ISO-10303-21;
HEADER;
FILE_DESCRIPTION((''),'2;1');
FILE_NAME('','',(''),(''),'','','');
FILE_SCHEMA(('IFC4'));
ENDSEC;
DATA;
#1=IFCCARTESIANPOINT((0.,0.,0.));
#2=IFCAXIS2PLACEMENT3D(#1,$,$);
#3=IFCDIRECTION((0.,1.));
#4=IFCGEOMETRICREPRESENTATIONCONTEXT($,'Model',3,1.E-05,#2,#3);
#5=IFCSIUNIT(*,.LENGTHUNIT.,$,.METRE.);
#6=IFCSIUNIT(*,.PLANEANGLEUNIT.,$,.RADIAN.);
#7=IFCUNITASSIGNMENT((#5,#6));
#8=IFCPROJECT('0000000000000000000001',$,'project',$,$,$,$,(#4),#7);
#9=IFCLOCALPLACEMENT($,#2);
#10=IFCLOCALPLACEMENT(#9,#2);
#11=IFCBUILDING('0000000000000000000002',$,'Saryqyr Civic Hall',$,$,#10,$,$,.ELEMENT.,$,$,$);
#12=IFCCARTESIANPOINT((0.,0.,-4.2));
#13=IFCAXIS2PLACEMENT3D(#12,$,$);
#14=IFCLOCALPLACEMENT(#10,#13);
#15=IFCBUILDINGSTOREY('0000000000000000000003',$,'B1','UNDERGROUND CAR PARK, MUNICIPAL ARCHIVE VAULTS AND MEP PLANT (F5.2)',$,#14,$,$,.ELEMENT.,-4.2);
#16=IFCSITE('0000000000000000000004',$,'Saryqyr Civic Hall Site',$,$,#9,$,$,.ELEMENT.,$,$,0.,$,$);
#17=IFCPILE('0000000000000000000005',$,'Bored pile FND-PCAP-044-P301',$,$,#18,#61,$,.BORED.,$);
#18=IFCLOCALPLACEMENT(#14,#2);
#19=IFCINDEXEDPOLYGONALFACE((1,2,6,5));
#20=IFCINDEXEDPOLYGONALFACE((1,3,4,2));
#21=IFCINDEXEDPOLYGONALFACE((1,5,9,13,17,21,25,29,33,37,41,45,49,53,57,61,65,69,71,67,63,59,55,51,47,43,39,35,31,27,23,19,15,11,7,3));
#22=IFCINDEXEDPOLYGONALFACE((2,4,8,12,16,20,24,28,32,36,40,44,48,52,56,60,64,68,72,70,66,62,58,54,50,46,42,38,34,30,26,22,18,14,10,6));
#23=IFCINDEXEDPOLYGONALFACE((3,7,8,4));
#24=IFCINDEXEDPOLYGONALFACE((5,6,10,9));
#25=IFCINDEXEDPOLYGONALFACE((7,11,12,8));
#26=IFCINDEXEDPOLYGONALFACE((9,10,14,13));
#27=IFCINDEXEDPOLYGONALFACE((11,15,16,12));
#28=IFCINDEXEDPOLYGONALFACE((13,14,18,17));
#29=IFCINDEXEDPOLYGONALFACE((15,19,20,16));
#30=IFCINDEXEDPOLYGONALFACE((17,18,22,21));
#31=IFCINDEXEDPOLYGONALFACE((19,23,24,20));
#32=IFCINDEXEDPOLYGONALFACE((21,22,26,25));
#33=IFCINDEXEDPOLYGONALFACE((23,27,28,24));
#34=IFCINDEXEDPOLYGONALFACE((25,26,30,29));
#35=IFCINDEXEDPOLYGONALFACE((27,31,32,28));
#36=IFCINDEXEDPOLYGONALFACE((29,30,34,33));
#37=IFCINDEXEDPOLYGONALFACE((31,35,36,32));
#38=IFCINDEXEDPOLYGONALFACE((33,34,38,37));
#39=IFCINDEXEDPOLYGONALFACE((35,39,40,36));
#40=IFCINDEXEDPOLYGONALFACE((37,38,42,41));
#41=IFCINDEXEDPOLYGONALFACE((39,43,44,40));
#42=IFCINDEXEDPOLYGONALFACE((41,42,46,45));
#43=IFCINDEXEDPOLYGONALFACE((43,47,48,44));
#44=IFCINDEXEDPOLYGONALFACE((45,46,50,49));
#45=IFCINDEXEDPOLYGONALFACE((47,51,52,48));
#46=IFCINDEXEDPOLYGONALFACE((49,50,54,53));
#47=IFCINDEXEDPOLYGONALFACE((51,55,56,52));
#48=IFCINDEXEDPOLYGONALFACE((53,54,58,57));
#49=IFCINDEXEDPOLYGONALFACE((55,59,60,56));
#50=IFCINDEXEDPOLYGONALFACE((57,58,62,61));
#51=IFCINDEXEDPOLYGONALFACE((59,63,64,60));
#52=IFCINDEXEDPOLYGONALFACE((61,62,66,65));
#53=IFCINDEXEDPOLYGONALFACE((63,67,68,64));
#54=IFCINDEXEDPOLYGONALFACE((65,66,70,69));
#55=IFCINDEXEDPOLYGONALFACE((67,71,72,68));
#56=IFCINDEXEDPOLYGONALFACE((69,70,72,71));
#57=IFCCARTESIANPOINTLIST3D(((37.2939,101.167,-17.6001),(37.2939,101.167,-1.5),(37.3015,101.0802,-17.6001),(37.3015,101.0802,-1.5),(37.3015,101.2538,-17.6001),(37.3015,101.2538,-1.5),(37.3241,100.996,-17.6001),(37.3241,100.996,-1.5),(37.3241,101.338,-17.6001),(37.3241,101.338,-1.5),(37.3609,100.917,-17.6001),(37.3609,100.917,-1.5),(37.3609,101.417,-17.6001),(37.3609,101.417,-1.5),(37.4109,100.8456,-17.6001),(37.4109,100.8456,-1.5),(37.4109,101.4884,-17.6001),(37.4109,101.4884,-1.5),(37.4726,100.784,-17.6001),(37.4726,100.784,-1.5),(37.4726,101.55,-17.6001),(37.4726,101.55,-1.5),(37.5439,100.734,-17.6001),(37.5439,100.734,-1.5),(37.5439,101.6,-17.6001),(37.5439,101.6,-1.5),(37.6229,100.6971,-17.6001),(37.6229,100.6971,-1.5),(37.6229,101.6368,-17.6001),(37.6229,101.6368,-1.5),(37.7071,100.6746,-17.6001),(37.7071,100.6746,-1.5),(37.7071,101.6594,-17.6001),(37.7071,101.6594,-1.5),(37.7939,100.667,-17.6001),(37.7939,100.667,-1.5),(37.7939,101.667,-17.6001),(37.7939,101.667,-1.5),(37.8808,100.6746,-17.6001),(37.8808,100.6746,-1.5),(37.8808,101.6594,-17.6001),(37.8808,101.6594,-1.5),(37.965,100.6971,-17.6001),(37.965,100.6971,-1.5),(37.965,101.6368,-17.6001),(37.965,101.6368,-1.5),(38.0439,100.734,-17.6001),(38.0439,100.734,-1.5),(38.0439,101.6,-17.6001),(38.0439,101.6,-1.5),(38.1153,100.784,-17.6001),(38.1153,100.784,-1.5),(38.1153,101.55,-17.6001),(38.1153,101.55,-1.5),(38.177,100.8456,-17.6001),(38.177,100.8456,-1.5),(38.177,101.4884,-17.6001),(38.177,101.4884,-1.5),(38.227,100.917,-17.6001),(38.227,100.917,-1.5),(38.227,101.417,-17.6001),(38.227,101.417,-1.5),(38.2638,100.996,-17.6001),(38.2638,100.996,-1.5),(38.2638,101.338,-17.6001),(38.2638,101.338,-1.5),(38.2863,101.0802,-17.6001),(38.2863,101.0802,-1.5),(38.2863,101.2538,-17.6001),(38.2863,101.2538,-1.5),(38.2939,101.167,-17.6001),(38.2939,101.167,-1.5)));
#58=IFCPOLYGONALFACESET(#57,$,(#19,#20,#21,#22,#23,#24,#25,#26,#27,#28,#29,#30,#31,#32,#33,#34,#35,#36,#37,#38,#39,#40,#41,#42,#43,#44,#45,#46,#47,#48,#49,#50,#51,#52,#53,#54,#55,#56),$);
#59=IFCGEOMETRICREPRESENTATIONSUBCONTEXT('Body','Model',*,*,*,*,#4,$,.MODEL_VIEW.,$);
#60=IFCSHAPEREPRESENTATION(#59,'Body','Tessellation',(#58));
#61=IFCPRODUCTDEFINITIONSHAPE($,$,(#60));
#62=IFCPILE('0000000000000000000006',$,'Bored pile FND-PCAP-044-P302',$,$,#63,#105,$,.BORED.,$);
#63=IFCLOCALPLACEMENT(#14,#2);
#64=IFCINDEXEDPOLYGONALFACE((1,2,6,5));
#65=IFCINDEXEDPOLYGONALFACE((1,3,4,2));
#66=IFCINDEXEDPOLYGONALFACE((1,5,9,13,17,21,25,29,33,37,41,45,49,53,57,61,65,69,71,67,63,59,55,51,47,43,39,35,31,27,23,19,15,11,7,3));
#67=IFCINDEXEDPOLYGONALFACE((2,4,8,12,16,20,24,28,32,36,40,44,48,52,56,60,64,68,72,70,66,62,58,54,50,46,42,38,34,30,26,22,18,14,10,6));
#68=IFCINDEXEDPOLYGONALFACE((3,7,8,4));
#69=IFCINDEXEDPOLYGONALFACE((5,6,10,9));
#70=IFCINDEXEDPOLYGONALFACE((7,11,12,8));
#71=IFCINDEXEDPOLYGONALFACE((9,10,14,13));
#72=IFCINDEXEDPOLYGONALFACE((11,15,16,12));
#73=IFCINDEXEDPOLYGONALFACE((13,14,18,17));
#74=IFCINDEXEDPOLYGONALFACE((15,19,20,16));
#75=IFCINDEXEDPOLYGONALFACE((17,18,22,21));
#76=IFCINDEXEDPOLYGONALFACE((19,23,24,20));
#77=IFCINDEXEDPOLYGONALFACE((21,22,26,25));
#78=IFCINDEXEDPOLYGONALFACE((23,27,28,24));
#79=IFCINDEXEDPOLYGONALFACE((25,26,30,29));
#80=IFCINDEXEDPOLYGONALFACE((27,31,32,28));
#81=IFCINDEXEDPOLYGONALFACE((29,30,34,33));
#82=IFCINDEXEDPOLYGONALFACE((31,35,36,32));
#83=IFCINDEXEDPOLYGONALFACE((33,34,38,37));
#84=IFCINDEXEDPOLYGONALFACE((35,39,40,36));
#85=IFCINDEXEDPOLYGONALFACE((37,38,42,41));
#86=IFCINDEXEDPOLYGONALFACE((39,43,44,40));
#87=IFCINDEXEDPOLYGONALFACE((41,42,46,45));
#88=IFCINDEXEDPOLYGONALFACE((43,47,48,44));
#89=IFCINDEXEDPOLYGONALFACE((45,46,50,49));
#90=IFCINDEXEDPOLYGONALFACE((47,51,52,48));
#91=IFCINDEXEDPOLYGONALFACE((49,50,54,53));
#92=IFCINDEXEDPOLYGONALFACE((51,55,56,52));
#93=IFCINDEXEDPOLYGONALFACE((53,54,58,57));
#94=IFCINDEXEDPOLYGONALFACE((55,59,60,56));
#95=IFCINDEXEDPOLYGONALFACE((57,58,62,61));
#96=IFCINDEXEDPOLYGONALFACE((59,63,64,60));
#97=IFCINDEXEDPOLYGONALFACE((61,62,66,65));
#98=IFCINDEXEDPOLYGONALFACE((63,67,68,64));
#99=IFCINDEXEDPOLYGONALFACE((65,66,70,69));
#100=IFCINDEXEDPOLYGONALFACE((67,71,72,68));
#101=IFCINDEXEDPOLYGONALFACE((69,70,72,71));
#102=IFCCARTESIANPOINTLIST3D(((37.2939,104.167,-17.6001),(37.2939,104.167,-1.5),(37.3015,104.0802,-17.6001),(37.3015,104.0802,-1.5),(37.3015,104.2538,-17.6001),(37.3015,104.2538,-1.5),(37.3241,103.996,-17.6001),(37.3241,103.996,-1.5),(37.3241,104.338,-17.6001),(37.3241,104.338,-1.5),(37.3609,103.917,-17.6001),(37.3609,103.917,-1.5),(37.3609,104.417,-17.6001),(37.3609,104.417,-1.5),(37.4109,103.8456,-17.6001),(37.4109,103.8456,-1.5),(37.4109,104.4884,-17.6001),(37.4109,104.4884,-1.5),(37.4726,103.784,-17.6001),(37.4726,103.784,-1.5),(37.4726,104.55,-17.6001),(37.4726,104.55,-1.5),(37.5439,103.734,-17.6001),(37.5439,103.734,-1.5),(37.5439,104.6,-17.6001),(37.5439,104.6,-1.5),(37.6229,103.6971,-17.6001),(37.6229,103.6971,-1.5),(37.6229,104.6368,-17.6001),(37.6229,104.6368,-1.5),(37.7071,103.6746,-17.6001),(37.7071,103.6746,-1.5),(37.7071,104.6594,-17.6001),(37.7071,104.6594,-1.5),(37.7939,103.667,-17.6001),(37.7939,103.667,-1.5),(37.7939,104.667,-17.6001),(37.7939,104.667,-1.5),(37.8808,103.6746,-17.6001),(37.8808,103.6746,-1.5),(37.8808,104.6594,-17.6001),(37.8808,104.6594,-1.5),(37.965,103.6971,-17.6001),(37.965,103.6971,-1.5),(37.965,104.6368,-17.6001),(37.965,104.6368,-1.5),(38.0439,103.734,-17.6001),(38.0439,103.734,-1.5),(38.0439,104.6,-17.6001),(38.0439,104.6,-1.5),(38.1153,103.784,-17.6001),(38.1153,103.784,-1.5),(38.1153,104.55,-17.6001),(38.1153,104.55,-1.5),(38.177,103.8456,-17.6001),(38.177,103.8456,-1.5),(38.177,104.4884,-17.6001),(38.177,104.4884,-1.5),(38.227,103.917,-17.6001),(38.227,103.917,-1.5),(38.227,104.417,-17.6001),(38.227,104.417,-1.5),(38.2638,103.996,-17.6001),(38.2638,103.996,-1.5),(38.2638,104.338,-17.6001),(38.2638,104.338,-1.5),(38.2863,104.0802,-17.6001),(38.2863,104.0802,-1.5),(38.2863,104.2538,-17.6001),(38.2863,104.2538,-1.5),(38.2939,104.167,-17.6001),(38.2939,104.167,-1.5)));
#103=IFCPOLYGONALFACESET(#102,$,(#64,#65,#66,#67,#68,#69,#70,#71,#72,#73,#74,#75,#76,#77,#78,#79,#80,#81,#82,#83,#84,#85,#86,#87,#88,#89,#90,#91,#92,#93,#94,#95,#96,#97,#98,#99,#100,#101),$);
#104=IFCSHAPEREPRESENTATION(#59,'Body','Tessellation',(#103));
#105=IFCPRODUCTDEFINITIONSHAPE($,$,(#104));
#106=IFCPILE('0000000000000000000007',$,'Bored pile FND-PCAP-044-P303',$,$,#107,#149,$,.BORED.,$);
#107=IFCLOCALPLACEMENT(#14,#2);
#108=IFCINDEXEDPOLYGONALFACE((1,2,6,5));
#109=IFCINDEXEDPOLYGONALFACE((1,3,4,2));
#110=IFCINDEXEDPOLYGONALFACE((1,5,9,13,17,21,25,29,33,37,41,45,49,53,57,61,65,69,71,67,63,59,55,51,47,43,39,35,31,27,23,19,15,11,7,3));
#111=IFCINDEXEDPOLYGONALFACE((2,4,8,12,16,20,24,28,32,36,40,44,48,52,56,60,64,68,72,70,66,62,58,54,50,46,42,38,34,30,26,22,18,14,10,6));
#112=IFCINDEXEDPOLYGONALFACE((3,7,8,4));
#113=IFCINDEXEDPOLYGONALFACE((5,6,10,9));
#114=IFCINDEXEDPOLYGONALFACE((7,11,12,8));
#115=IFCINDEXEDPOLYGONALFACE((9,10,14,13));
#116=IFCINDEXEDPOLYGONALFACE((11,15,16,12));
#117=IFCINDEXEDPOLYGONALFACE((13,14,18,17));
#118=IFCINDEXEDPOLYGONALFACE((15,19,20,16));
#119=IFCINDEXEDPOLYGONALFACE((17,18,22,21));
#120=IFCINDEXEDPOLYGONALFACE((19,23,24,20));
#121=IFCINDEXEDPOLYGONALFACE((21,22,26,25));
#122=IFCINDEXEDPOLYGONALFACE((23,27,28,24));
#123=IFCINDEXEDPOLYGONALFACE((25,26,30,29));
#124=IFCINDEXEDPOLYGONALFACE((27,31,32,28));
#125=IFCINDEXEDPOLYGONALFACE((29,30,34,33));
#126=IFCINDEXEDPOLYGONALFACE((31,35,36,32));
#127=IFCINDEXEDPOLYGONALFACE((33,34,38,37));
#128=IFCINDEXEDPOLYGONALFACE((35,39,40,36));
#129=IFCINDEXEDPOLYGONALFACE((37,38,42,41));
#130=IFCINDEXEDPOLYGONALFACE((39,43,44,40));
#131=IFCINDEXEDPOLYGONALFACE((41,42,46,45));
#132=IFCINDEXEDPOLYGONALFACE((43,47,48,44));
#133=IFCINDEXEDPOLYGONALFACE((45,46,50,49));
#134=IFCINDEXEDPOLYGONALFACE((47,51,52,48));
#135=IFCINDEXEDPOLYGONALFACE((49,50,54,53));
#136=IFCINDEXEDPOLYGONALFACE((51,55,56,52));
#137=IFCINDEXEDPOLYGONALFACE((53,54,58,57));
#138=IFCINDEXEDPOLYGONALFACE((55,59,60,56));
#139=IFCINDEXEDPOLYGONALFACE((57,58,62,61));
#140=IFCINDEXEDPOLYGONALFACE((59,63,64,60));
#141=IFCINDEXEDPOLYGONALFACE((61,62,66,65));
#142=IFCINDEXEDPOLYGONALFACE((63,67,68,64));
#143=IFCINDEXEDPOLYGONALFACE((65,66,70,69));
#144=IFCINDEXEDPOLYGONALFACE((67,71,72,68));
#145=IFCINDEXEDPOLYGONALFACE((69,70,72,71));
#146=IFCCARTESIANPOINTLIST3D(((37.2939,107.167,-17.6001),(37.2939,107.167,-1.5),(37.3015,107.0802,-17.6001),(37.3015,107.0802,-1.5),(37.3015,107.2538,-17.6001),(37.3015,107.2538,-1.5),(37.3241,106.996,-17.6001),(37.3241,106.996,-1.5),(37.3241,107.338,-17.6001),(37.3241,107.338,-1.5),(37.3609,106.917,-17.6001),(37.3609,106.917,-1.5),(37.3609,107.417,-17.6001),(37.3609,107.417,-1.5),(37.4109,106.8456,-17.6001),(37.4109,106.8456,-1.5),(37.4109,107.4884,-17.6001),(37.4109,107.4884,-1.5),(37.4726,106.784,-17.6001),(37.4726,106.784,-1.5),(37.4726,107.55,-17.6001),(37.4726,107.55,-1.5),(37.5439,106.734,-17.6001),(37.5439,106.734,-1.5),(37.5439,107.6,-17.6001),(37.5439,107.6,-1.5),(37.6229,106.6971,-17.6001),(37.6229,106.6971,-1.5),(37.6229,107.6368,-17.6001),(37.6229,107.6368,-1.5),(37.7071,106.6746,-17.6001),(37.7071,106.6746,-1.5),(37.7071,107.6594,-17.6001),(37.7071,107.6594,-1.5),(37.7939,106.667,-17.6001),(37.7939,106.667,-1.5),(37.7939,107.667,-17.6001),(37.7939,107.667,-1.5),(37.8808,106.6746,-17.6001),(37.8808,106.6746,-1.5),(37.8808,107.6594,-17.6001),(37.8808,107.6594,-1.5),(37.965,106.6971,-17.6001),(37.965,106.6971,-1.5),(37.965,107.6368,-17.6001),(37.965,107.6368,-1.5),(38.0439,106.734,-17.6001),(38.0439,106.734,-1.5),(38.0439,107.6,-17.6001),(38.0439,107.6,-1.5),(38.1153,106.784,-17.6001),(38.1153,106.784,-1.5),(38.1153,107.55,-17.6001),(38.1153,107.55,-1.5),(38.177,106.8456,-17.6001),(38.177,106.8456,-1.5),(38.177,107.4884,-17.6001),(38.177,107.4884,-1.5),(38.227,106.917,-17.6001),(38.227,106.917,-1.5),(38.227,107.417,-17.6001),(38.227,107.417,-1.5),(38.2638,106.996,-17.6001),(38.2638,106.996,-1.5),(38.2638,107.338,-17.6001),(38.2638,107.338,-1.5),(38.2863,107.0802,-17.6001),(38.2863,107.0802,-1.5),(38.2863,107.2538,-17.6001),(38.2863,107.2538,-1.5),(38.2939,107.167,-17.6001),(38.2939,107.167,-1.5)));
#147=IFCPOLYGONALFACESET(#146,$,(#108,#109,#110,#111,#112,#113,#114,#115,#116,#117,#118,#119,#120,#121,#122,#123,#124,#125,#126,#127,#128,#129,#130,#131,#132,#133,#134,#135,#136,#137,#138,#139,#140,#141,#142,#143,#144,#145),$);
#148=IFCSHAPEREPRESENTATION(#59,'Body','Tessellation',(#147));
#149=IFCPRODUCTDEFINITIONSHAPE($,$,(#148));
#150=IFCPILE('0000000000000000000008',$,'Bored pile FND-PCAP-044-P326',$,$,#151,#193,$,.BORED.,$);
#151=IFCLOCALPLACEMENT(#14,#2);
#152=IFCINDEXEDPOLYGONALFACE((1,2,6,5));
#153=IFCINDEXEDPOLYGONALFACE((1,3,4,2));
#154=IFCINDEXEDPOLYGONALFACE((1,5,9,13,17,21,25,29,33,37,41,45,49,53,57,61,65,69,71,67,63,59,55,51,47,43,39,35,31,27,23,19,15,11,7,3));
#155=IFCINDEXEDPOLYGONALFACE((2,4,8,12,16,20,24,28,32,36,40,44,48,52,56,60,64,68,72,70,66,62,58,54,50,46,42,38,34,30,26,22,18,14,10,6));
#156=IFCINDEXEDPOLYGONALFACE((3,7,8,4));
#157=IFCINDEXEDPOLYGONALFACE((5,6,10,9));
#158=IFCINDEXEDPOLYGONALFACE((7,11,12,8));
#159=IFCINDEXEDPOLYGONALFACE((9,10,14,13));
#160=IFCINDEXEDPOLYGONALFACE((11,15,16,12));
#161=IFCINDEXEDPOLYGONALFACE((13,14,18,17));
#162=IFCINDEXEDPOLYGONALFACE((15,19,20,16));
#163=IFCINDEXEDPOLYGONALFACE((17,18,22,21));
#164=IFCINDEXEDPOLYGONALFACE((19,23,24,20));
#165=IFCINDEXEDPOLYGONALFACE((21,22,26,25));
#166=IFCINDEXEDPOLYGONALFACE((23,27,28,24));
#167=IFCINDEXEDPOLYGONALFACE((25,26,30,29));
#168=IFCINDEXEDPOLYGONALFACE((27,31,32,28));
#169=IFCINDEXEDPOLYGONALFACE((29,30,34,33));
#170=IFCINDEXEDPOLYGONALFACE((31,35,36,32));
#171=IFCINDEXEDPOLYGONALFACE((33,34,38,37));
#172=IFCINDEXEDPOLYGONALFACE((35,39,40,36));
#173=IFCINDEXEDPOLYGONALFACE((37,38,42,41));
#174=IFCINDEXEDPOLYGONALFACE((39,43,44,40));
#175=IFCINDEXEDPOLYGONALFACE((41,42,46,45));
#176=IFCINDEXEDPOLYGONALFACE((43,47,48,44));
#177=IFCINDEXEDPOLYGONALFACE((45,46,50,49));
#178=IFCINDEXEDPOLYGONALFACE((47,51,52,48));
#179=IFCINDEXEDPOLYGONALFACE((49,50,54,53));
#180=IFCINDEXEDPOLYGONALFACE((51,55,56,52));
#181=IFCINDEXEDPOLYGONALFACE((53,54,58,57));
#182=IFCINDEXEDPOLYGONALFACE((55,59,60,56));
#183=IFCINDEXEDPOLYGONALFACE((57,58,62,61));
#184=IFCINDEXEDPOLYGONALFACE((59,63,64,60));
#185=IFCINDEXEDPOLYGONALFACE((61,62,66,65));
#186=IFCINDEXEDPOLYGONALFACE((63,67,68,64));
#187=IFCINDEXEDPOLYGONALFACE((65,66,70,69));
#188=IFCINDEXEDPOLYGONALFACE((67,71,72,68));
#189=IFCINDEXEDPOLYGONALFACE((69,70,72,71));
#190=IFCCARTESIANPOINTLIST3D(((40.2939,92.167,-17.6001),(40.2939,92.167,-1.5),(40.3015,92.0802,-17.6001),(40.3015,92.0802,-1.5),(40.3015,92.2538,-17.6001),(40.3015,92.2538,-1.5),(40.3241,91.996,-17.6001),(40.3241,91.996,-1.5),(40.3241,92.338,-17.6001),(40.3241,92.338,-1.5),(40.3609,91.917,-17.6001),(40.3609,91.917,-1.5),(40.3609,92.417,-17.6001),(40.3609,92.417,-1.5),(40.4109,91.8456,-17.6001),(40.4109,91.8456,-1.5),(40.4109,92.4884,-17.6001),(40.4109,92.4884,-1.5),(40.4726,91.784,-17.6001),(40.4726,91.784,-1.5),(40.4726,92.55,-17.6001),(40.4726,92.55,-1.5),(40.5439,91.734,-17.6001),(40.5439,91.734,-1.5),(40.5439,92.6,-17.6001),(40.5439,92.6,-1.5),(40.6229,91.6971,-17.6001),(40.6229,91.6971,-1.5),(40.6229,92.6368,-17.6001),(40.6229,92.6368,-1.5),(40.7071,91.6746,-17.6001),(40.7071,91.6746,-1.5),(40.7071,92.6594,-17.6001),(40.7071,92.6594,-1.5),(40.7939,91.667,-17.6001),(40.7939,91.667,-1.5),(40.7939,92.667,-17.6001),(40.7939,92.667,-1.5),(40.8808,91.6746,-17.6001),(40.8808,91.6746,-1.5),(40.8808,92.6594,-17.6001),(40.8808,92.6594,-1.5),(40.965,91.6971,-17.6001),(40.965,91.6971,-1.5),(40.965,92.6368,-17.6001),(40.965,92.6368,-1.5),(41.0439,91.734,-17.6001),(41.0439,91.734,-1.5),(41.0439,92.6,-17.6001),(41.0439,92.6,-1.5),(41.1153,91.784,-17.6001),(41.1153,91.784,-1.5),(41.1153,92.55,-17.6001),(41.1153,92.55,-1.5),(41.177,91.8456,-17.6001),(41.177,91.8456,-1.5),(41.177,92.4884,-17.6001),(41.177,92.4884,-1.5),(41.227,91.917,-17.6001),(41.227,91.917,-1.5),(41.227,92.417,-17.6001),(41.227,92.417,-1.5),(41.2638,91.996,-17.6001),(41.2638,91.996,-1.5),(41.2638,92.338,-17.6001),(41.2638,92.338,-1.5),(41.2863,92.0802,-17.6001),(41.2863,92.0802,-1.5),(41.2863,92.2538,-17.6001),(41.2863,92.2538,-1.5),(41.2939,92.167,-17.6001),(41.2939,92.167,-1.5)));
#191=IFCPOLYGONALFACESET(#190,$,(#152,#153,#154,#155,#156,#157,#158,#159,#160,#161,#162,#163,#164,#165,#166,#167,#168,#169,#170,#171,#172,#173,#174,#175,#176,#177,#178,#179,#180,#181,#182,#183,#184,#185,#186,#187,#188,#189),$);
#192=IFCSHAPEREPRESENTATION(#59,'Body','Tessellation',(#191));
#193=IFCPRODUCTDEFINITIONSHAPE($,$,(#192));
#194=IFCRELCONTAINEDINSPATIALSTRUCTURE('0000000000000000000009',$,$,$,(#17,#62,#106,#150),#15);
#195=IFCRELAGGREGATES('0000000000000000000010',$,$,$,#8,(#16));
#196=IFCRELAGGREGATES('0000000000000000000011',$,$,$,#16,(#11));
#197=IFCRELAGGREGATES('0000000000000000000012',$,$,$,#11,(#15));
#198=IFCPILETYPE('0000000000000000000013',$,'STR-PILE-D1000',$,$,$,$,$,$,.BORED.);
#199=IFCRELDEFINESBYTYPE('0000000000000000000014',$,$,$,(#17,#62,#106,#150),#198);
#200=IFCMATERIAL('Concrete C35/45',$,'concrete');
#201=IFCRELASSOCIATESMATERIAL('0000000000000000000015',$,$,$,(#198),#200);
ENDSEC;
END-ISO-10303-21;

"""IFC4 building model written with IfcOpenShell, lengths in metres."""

from ifc_helpers import new_model, si_unit, direction, frame, origin, origin_2d, place, context, subcontext, project, spatial, circle, extrude, material, material_profile, profile_set, type_object, element, save


model = new_model("IFC4")

# Units and contexts
model_context = context("Model", 3, precision=1e-05, world=origin(), true_north=direction((0.0, 1.0)))
body_context = subcontext(model_context, "Body", "Model", "MODEL_VIEW")
ifc_project = project(units=[si_unit("LENGTHUNIT", "METRE"), si_unit("PLANEANGLEUNIT", "RADIAN")], contexts=[model_context])

# Site, building, storey
site_placement = place(None, origin())
site = spatial("IfcSite", under=ifc_project, at=site_placement, Name="Saryqyr Civic Hall Site", CompositionType="ELEMENT", RefElevation=0.0)
building_placement = place(site_placement, origin())
building = spatial("IfcBuilding", under=site, at=building_placement, Name="Saryqyr Civic Hall", CompositionType="ELEMENT")
storey_placement = place(building_placement, frame((0.0, 0.0, -4.2)))
storey = spatial("IfcBuildingStorey", under=building, at=storey_placement, Name="B1", Description="UNDERGROUND CAR PARK, MUNICIPAL ARCHIVE VAULTS AND MEP PLANT (F5.2)", CompositionType="ELEMENT", Elevation=-4.2)

# Piles
ifc_material_1 = material(Name="Concrete C35/45", Category="concrete")
ifc_material_profile_1 = material_profile(ifc_material_1, circle(Radius=0.5, at=origin_2d()), Name="BORED PILE D1000")
ifc_profile_set_1 = profile_set([ifc_material_profile_1], Name="Concrete C35/45")
pile_type = type_object("IfcPileType", Name="STR-PILE-D1000", PredefinedType="BORED", material=ifc_profile_set_1)
for number, where, z_axis, x_axis, name in (
    (1, (37.7939, 101.167, -1.5), (0.0, 0.0, -1.0), (1.0, 0.0, 0.0), "Bored pile FND-PCAP-044-P301"),
    (2, (37.7939, 104.167, -1.5), (0.0, 0.0, -1.0), (1.0, 0.0, 0.0), "Bored pile FND-PCAP-044-P302"),
    (3, (37.7939, 107.167, -1.5), (0.0, 0.0, -1.0), (1.0, 0.0, 0.0), "Bored pile FND-PCAP-044-P303"),
    (4, (40.7939, 92.167, -1.5), (0.0, 0.0, -1.0), (1.0, 0.0, 0.0), "Bored pile FND-PCAP-044-P326"),
):
    element("IfcPile", number, at=place(storey_placement, frame(where, z_axis=z_axis, x_axis=x_axis)), inside=storey, type_object=pile_type, Name=name, PredefinedType="BORED", context=body_context, shape_type="SweptSolid", body=[
        extrude(circle(Radius=0.5, at=origin_2d()), origin(), (0.0, 0.0, 1.0), 16.1001),
    ])

save(model, "model.ifc")
